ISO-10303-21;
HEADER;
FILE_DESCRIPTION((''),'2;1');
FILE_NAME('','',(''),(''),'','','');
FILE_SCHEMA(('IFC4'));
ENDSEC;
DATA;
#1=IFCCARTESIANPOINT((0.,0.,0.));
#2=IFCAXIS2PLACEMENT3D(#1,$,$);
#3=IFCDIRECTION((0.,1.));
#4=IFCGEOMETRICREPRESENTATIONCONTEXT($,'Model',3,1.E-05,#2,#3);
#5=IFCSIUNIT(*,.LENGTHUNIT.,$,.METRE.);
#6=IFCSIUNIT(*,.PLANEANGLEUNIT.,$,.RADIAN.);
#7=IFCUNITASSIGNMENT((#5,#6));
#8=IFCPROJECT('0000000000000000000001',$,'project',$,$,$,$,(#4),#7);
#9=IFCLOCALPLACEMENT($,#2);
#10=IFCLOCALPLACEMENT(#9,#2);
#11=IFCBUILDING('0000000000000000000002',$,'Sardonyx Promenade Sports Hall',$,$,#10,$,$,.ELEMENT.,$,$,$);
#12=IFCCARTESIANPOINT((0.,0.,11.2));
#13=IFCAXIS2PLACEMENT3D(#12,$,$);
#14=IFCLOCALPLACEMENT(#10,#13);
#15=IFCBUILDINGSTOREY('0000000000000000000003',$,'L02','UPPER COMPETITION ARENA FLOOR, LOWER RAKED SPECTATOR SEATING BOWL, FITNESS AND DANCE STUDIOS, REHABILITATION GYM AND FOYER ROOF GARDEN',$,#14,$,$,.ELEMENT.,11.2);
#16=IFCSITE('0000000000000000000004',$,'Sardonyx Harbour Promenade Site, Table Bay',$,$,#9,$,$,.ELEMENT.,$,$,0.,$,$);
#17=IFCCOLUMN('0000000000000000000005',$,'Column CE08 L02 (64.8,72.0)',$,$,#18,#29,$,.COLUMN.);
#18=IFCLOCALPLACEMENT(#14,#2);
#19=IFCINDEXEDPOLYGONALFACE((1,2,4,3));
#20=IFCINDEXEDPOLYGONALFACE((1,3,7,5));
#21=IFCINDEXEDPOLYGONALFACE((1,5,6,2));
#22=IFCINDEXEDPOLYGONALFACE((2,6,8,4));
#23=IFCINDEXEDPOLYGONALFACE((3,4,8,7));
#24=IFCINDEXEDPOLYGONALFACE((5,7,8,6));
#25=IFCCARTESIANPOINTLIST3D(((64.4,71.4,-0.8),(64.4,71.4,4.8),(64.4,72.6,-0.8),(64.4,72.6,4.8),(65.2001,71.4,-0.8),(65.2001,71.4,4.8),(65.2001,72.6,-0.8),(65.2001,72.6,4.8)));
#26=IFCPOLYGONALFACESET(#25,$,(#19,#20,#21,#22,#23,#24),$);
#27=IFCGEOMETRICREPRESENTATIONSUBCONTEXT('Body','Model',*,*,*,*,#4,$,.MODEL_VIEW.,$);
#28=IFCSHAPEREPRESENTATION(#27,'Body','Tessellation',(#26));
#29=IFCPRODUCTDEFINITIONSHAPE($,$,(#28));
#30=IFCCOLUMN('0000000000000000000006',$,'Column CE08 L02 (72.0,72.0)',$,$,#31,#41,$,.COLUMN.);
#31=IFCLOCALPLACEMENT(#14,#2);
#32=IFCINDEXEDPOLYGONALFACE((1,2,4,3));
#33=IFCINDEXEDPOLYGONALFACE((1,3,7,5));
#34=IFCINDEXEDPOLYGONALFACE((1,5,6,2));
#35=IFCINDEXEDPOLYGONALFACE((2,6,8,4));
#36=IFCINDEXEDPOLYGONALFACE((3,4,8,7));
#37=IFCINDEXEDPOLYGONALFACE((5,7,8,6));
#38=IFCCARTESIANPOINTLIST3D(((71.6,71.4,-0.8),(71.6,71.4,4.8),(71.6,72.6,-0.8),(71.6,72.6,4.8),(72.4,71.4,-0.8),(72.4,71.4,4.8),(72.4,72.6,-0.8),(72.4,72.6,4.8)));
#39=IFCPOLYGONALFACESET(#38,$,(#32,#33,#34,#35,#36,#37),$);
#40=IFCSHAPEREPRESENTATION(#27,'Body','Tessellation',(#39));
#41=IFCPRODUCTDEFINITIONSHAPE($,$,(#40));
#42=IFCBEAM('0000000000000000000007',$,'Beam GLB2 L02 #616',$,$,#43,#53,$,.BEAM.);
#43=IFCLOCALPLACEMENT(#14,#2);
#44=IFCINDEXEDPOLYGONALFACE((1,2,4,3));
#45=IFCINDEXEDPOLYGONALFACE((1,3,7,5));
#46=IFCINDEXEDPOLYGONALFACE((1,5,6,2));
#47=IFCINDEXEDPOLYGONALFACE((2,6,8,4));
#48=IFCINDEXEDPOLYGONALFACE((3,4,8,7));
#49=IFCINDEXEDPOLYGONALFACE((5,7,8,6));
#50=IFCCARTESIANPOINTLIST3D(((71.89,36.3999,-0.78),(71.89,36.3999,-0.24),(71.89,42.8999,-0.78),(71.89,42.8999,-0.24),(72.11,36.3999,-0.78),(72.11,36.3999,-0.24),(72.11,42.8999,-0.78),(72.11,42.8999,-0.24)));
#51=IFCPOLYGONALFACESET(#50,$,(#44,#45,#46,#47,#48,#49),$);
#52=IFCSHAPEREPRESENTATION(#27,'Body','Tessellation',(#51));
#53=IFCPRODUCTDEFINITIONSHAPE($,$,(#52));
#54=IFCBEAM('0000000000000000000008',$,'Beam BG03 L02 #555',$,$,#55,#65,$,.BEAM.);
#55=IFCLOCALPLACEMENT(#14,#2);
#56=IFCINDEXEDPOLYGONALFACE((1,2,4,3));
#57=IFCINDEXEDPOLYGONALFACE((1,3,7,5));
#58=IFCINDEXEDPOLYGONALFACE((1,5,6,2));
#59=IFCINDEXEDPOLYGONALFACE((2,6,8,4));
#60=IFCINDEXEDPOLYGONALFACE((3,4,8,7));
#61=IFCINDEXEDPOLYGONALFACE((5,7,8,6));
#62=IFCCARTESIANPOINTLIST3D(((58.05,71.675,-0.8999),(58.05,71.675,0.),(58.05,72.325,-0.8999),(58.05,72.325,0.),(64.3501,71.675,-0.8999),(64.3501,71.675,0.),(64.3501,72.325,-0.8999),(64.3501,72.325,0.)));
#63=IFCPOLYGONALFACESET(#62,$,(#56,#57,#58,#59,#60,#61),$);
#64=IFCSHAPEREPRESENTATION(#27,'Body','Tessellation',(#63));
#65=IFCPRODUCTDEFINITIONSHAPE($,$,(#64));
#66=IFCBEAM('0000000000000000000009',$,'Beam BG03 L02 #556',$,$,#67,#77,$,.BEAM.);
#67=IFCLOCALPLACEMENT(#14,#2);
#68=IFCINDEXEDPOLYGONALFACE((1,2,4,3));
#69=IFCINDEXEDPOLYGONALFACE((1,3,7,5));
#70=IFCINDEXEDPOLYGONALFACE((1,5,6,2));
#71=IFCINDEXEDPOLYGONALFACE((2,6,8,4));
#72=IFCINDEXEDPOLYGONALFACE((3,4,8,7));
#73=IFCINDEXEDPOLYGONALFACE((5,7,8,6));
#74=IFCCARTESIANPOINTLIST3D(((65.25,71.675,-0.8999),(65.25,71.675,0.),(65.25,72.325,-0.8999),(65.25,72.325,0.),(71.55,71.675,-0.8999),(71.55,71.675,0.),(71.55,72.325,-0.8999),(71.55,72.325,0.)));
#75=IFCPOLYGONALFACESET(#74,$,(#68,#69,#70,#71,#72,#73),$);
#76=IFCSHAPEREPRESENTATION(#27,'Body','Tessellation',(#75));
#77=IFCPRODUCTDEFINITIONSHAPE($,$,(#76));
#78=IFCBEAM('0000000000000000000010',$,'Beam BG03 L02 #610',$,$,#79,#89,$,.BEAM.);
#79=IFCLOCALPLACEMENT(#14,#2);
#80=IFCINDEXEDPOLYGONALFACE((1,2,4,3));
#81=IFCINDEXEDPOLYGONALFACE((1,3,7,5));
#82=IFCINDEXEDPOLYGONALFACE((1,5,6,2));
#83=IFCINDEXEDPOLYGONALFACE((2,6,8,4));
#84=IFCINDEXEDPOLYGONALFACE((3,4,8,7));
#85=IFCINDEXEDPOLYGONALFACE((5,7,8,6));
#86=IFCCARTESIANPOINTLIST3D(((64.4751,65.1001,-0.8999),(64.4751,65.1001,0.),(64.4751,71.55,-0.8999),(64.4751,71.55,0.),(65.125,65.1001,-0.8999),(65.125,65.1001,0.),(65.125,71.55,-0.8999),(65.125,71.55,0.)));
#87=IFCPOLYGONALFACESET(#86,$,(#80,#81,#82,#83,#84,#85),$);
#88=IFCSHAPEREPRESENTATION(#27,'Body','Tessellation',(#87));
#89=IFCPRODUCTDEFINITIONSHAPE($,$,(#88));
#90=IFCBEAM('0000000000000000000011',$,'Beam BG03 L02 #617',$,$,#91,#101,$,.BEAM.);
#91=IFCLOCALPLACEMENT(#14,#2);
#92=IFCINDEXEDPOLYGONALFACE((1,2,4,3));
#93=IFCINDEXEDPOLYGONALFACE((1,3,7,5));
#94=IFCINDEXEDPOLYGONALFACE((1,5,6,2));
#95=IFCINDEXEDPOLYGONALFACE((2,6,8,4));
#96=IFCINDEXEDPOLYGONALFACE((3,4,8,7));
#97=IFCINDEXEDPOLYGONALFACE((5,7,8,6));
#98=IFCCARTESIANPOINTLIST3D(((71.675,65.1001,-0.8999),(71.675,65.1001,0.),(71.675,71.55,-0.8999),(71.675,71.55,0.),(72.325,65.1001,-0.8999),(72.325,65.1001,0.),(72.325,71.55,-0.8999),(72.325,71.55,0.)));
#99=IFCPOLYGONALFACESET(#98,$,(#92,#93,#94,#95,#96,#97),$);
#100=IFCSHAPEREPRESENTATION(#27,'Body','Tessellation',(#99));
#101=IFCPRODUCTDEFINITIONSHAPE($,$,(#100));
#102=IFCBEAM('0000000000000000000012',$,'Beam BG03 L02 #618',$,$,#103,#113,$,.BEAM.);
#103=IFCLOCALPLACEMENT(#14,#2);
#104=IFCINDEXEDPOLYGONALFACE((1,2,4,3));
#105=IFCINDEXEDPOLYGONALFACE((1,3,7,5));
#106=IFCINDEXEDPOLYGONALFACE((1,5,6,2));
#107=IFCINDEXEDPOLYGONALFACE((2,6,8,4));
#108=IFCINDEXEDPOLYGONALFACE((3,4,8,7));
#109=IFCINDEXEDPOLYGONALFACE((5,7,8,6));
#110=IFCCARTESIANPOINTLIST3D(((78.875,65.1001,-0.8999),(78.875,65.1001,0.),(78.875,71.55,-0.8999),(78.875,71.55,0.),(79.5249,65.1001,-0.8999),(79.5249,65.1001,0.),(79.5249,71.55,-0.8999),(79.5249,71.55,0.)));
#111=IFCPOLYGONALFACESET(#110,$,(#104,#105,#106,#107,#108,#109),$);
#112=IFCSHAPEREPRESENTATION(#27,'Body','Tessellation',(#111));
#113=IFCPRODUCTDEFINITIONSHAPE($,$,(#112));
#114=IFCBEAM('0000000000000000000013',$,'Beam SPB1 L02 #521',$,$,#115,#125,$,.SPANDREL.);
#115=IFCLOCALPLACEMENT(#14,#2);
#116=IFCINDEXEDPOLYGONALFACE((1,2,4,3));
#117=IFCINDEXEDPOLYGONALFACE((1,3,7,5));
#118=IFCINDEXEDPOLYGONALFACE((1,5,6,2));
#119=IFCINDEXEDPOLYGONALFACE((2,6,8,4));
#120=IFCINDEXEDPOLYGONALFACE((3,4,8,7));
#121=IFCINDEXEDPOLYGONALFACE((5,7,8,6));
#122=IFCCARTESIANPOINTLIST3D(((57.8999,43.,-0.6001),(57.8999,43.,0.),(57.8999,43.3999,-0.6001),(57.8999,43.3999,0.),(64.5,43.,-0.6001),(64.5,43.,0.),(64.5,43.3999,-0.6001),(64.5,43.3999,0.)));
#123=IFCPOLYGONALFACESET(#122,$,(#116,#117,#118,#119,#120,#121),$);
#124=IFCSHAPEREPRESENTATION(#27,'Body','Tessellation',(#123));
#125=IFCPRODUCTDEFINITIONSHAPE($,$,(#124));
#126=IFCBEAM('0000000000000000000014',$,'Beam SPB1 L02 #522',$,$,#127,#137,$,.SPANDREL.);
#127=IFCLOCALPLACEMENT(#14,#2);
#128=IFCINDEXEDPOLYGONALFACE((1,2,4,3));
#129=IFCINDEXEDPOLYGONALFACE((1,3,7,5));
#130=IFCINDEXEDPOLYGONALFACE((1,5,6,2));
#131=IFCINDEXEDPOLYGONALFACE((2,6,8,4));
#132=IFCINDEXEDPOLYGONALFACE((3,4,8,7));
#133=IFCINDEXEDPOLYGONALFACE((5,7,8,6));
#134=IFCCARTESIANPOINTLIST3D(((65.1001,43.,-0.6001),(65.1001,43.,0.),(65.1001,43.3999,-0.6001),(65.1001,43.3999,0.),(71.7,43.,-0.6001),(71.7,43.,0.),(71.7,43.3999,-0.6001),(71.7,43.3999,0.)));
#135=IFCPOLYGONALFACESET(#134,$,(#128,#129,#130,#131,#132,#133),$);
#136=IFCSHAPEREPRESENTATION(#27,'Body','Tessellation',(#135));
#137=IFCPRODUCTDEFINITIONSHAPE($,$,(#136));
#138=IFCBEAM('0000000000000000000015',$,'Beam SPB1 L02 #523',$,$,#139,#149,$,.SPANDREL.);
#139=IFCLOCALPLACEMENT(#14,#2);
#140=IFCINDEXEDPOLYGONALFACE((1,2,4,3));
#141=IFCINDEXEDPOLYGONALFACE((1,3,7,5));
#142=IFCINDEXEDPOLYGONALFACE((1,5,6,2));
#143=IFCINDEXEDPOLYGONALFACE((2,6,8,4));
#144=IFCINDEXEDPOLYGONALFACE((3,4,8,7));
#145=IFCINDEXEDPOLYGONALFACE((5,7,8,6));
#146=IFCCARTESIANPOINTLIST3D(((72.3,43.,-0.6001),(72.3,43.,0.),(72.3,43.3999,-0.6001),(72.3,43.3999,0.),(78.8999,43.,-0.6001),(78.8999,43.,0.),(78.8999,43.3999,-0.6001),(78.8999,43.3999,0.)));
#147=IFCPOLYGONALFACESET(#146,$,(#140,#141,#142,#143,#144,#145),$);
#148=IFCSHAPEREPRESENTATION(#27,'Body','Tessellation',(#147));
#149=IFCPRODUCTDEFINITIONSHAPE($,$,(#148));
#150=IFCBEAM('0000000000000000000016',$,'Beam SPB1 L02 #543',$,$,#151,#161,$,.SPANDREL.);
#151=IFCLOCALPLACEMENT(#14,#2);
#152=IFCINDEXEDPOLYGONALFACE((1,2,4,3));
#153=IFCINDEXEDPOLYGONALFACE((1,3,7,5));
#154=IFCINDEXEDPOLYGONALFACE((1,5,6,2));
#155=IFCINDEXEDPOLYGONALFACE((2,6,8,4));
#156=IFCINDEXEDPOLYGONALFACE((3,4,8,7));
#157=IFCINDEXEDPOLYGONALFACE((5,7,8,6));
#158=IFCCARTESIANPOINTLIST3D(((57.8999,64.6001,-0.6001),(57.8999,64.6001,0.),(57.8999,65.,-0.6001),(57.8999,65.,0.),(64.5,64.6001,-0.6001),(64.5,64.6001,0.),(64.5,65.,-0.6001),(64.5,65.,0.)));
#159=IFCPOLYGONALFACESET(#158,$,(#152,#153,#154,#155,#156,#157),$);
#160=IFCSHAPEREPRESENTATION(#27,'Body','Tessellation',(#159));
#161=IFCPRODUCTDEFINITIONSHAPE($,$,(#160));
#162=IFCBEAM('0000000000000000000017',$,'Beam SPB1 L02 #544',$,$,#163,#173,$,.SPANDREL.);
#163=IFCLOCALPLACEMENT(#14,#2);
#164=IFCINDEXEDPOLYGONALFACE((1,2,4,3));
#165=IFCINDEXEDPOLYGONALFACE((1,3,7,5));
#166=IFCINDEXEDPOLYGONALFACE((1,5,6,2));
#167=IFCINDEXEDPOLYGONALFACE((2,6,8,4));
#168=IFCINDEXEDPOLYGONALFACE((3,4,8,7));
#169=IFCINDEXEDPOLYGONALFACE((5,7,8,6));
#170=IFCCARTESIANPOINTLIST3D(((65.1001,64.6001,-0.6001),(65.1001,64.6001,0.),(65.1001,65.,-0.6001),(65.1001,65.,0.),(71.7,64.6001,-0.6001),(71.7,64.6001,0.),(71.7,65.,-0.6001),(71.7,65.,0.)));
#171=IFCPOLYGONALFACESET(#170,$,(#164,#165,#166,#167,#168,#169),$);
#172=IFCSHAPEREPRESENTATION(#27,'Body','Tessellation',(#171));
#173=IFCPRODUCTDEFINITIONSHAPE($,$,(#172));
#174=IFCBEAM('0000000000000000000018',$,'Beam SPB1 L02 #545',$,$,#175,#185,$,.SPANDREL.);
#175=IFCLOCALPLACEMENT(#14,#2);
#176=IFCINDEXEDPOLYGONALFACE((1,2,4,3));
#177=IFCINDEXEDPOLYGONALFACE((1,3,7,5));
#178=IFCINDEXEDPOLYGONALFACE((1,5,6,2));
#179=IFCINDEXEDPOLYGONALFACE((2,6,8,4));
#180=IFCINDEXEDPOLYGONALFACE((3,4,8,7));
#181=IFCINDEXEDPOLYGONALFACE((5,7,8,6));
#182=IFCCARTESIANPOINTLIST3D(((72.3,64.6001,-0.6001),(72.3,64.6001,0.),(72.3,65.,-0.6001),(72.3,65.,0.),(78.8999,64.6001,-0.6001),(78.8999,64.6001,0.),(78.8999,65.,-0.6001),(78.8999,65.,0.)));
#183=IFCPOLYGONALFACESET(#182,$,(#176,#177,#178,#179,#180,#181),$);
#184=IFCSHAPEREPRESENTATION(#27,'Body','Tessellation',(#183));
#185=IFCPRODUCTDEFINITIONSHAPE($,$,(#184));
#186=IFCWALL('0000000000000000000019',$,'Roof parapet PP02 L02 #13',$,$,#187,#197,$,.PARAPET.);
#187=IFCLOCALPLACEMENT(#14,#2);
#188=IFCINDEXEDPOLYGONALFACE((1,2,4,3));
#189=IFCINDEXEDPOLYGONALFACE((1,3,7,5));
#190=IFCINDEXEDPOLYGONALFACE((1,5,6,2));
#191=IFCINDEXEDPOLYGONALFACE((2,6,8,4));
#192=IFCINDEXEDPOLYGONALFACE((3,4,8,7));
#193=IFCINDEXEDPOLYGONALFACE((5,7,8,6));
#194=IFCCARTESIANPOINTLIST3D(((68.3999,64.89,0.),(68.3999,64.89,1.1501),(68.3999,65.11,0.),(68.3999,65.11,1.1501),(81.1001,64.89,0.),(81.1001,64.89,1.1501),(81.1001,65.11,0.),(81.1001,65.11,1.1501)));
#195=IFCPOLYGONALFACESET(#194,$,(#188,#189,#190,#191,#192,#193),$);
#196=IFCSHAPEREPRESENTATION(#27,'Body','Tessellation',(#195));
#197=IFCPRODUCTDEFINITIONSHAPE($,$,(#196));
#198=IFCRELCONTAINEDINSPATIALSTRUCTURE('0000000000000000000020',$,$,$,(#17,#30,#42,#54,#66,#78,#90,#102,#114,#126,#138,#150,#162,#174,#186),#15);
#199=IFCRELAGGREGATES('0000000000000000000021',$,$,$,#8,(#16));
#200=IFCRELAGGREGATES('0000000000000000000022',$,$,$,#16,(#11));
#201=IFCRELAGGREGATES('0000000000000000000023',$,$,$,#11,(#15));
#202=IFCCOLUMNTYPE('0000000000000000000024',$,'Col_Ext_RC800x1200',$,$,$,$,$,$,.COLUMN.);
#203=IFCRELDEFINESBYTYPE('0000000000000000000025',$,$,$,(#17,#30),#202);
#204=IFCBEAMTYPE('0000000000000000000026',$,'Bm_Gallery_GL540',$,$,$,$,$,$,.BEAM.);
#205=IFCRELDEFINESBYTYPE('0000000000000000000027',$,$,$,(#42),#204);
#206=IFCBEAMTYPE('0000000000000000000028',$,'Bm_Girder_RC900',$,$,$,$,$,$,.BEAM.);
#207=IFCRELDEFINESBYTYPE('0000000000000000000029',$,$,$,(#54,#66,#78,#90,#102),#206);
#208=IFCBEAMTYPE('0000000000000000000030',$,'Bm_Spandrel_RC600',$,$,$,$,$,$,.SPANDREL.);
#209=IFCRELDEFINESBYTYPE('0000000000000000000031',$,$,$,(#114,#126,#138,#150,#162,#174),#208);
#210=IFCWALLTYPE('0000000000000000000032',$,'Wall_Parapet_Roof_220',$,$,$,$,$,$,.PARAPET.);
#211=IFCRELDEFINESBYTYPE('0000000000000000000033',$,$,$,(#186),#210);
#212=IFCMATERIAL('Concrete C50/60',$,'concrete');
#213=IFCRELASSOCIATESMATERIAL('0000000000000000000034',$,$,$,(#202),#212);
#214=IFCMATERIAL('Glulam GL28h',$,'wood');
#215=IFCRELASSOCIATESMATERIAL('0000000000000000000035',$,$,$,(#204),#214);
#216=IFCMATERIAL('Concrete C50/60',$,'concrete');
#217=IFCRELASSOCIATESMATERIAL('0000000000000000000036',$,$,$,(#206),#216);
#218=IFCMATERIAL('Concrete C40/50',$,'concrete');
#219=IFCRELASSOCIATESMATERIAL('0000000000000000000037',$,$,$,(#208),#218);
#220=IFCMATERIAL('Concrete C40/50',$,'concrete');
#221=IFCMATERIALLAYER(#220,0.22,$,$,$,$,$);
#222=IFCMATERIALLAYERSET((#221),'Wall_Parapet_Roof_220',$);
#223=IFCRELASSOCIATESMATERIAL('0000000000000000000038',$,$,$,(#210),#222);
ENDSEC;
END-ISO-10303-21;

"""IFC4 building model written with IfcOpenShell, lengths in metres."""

from ifc_helpers import new_model, si_unit, direction, frame, frame_2d, origin, origin_2d, place, context, subcontext, project, spatial, rectangle, extrude, material, layer, layer_set, material_profile, profile_set, type_object, element, save


model = new_model("IFC4")

# Units and contexts
model_context = context("Model", 3, precision=1e-05, world=origin(), true_north=direction((0.0, 1.0)))
body_context = subcontext(model_context, "Body", "Model", "MODEL_VIEW")
ifc_project = project(units=[si_unit("LENGTHUNIT", "METRE"), si_unit("PLANEANGLEUNIT", "RADIAN")], contexts=[model_context])

# Site, building, storey
site_placement = place(None, origin())
site = spatial("IfcSite", under=ifc_project, at=site_placement, Name="Sardonyx Harbour Promenade Site, Table Bay", CompositionType="ELEMENT", RefElevation=0.0)
building_placement = place(site_placement, origin())
building = spatial("IfcBuilding", under=site, at=building_placement, Name="Sardonyx Promenade Sports Hall", CompositionType="ELEMENT")
storey_placement = place(building_placement, frame((0.0, 0.0, 11.2)))
storey = spatial("IfcBuildingStorey", under=building, at=storey_placement, Name="L02", Description="UPPER COMPETITION ARENA FLOOR, LOWER RAKED SPECTATOR SEATING BOWL, FITNESS AND DANCE STUDIOS, REHABILITATION GYM AND FOYER ROOF GARDEN", CompositionType="ELEMENT", Elevation=11.2)

# Columns
ifc_material_1 = material(Name="Concrete C50/60", Category="concrete")
ifc_material_profile_1 = material_profile(ifc_material_1, rectangle(XDim=0.8, YDim=1.2, at=origin_2d()))
ifc_profile_set_1 = profile_set([ifc_material_profile_1], Name="Concrete C50/60")
column_type = type_object("IfcColumnType", Name="Col_Ext_RC800x1200", PredefinedType="COLUMN", material=ifc_profile_set_1)
for number, where, z_axis, x_axis, name in (
    (1, (64.8, 72.0, -0.8), (0.0, 0.0, 1.0), (1.0, 0.0, 0.0), "Column CE08 L02 (64.8,72.0)"),
    (2, (72.0, 72.0, -0.8), (0.0, 0.0, 1.0), (1.0, 0.0, 0.0), "Column CE08 L02 (72.0,72.0)"),
):
    element("IfcColumn", number, at=place(storey_placement, frame(where, z_axis=z_axis, x_axis=x_axis)), inside=storey, type_object=column_type, Name=name, PredefinedType="COLUMN", context=body_context, shape_type="SweptSolid", body=[
        extrude(rectangle(XDim=0.8, YDim=1.2, at=origin_2d()), origin(), (0.0, 0.0, 1.0), 5.6001),
    ])

# Beams
ifc_material_2 = material(Name="Glulam GL28h", Category="wood")
ifc_material_profile_2 = material_profile(ifc_material_2, rectangle(XDim=0.22, YDim=0.54, at=origin_2d()))
ifc_profile_set_2 = profile_set([ifc_material_profile_2], Name="Glulam GL28h")
beam_type_1 = type_object("IfcBeamType", Name="Bm_Gallery_GL540", PredefinedType="BEAM", material=ifc_profile_set_2)
beam_1_placement = place(storey_placement, frame((72.0, 36.3999, -0.51), z_axis=(0.0, 1.0, 0.0), x_axis=(-1.0, 0.0, 0.0)))
element("IfcBeam", 3, at=beam_1_placement, inside=storey, type_object=beam_type_1, Name="Beam GLB2 L02 #616", PredefinedType="BEAM", context=body_context, shape_type="SweptSolid", body=[
    extrude(rectangle(XDim=0.22, YDim=0.54, at=origin_2d()), origin(), (0.0, 0.0, 1.0), 6.5),
])
ifc_material_3 = material(Name="Concrete C50/60", Category="concrete")
ifc_material_profile_3 = material_profile(ifc_material_3, rectangle(XDim=0.6499, YDim=0.8999, at=origin_2d()))
ifc_profile_set_3 = profile_set([ifc_material_profile_3], Name="Concrete C50/60")
beam_type_2 = type_object("IfcBeamType", Name="Bm_Girder_RC900", PredefinedType="BEAM", material=ifc_profile_set_3)
for number, where, z_axis, x_axis, name in (
    (4, (58.05, 72.0, -0.45), (1.0, 0.0, 0.0), (0.0, 1.0, 0.0), "Beam BG03 L02 #555"),
    (5, (65.25, 72.0, -0.45), (1.0, 0.0, 0.0), (0.0, 1.0, 0.0), "Beam BG03 L02 #556"),
):
    element("IfcBeam", number, at=place(storey_placement, frame(where, z_axis=z_axis, x_axis=x_axis)), inside=storey, type_object=beam_type_2, Name=name, PredefinedType="BEAM", context=body_context, shape_type="SweptSolid", body=[
        extrude(rectangle(XDim=0.6499, YDim=0.8999, at=origin_2d()), origin(), (0.0, 0.0, 1.0), 6.3),
    ])
for number, where, z_axis, x_axis, name in (
    (6, (64.8, 65.1001, -0.45), (0.0, 1.0, 0.0), (-1.0, 0.0, 0.0), "Beam BG03 L02 #610"),
    (7, (72.0, 65.1001, -0.45), (0.0, 1.0, 0.0), (-1.0, 0.0, 0.0), "Beam BG03 L02 #617"),
    (8, (79.2, 65.1001, -0.45), (0.0, 1.0, 0.0), (-1.0, 0.0, 0.0), "Beam BG03 L02 #618"),
):
    element("IfcBeam", number, at=place(storey_placement, frame(where, z_axis=z_axis, x_axis=x_axis)), inside=storey, type_object=beam_type_2, Name=name, PredefinedType="BEAM", context=body_context, shape_type="SweptSolid", body=[
        extrude(rectangle(XDim=0.6499, YDim=0.8999, at=origin_2d()), origin(), (0.0, 0.0, 1.0), 6.45),
    ])
ifc_material_4 = material(Name="Concrete C40/50", Category="concrete")
ifc_material_profile_4 = material_profile(ifc_material_4, rectangle(XDim=0.3999, YDim=0.6001, at=origin_2d()))
ifc_profile_set_4 = profile_set([ifc_material_profile_4], Name="Concrete C40/50")
beam_type_3 = type_object("IfcBeamType", Name="Bm_Spandrel_RC600", PredefinedType="SPANDREL", material=ifc_profile_set_4)
beam_2_placement = place(storey_placement, frame((57.8999, 43.2, -0.3), z_axis=(1.0, 0.0, 0.0), x_axis=(0.0, 1.0, 0.0)))
element("IfcBeam", 9, at=beam_2_placement, inside=storey, type_object=beam_type_3, Name="Beam SPB1 L02 #521", PredefinedType="SPANDREL", context=body_context, shape_type="SweptSolid", body=[
    extrude(rectangle(XDim=0.3999, YDim=0.6001, at=origin_2d()), origin(), (0.0, 0.0, 1.0), 6.6001),
])
for number, where, z_axis, x_axis, name in (
    (10, (65.1001, 43.2, -0.3), (1.0, 0.0, 0.0), (0.0, 1.0, 0.0), "Beam SPB1 L02 #522"),
    (11, (72.3, 43.2, -0.3), (1.0, 0.0, 0.0), (0.0, 1.0, 0.0), "Beam SPB1 L02 #523"),
):
    element("IfcBeam", number, at=place(storey_placement, frame(where, z_axis=z_axis, x_axis=x_axis)), inside=storey, type_object=beam_type_3, Name=name, PredefinedType="SPANDREL", context=body_context, shape_type="SweptSolid", body=[
        extrude(rectangle(XDim=0.3999, YDim=0.6001, at=origin_2d()), origin(), (0.0, 0.0, 1.0), 6.5999),
    ])
beam_3_placement = place(storey_placement, frame((57.8999, 64.8, -0.3), z_axis=(1.0, 0.0, 0.0), x_axis=(0.0, 1.0, 0.0)))
element("IfcBeam", 12, at=beam_3_placement, inside=storey, type_object=beam_type_3, Name="Beam SPB1 L02 #543", PredefinedType="SPANDREL", context=body_context, shape_type="SweptSolid", body=[
    extrude(rectangle(XDim=0.3999, YDim=0.6001, at=origin_2d()), origin(), (0.0, 0.0, 1.0), 6.6001),
])
for number, where, z_axis, x_axis, name in (
    (13, (65.1001, 64.8, -0.3), (1.0, 0.0, 0.0), (0.0, 1.0, 0.0), "Beam SPB1 L02 #544"),
    (14, (72.3, 64.8, -0.3), (1.0, 0.0, 0.0), (0.0, 1.0, 0.0), "Beam SPB1 L02 #545"),
):
    element("IfcBeam", number, at=place(storey_placement, frame(where, z_axis=z_axis, x_axis=x_axis)), inside=storey, type_object=beam_type_3, Name=name, PredefinedType="SPANDREL", context=body_context, shape_type="SweptSolid", body=[
        extrude(rectangle(XDim=0.3999, YDim=0.6001, at=origin_2d()), origin(), (0.0, 0.0, 1.0), 6.5999),
    ])

# Wall
ifc_material_5 = material(Name="Concrete C40/50", Category="concrete")
ifc_layer_1 = layer(ifc_material_5, 0.22)
ifc_layer_set_1 = layer_set([ifc_layer_1], Name="Wall_Parapet_Roof_220")
wall_type_1 = type_object("IfcWallType", Name="Wall_Parapet_Roof_220", PredefinedType="PARAPET", material=ifc_layer_set_1)
wall_1_placement = place(storey_placement, frame((68.3999, 65.0, 0.0), z_axis=(0.0, 0.0, 1.0), x_axis=(1.0, 0.0, 0.0)))
element("IfcWall", 15, at=wall_1_placement, inside=storey, type_object=wall_type_1, Name="Roof parapet PP02 L02 #13", PredefinedType="PARAPET", context=body_context, shape_type="SweptSolid", body=[
    extrude(rectangle(XDim=12.7002, YDim=0.22, at=frame_2d((6.3501, 0.0))), origin(), (0.0, 0.0, 1.0), 1.1501),
])

save(model, "model.ifc")
